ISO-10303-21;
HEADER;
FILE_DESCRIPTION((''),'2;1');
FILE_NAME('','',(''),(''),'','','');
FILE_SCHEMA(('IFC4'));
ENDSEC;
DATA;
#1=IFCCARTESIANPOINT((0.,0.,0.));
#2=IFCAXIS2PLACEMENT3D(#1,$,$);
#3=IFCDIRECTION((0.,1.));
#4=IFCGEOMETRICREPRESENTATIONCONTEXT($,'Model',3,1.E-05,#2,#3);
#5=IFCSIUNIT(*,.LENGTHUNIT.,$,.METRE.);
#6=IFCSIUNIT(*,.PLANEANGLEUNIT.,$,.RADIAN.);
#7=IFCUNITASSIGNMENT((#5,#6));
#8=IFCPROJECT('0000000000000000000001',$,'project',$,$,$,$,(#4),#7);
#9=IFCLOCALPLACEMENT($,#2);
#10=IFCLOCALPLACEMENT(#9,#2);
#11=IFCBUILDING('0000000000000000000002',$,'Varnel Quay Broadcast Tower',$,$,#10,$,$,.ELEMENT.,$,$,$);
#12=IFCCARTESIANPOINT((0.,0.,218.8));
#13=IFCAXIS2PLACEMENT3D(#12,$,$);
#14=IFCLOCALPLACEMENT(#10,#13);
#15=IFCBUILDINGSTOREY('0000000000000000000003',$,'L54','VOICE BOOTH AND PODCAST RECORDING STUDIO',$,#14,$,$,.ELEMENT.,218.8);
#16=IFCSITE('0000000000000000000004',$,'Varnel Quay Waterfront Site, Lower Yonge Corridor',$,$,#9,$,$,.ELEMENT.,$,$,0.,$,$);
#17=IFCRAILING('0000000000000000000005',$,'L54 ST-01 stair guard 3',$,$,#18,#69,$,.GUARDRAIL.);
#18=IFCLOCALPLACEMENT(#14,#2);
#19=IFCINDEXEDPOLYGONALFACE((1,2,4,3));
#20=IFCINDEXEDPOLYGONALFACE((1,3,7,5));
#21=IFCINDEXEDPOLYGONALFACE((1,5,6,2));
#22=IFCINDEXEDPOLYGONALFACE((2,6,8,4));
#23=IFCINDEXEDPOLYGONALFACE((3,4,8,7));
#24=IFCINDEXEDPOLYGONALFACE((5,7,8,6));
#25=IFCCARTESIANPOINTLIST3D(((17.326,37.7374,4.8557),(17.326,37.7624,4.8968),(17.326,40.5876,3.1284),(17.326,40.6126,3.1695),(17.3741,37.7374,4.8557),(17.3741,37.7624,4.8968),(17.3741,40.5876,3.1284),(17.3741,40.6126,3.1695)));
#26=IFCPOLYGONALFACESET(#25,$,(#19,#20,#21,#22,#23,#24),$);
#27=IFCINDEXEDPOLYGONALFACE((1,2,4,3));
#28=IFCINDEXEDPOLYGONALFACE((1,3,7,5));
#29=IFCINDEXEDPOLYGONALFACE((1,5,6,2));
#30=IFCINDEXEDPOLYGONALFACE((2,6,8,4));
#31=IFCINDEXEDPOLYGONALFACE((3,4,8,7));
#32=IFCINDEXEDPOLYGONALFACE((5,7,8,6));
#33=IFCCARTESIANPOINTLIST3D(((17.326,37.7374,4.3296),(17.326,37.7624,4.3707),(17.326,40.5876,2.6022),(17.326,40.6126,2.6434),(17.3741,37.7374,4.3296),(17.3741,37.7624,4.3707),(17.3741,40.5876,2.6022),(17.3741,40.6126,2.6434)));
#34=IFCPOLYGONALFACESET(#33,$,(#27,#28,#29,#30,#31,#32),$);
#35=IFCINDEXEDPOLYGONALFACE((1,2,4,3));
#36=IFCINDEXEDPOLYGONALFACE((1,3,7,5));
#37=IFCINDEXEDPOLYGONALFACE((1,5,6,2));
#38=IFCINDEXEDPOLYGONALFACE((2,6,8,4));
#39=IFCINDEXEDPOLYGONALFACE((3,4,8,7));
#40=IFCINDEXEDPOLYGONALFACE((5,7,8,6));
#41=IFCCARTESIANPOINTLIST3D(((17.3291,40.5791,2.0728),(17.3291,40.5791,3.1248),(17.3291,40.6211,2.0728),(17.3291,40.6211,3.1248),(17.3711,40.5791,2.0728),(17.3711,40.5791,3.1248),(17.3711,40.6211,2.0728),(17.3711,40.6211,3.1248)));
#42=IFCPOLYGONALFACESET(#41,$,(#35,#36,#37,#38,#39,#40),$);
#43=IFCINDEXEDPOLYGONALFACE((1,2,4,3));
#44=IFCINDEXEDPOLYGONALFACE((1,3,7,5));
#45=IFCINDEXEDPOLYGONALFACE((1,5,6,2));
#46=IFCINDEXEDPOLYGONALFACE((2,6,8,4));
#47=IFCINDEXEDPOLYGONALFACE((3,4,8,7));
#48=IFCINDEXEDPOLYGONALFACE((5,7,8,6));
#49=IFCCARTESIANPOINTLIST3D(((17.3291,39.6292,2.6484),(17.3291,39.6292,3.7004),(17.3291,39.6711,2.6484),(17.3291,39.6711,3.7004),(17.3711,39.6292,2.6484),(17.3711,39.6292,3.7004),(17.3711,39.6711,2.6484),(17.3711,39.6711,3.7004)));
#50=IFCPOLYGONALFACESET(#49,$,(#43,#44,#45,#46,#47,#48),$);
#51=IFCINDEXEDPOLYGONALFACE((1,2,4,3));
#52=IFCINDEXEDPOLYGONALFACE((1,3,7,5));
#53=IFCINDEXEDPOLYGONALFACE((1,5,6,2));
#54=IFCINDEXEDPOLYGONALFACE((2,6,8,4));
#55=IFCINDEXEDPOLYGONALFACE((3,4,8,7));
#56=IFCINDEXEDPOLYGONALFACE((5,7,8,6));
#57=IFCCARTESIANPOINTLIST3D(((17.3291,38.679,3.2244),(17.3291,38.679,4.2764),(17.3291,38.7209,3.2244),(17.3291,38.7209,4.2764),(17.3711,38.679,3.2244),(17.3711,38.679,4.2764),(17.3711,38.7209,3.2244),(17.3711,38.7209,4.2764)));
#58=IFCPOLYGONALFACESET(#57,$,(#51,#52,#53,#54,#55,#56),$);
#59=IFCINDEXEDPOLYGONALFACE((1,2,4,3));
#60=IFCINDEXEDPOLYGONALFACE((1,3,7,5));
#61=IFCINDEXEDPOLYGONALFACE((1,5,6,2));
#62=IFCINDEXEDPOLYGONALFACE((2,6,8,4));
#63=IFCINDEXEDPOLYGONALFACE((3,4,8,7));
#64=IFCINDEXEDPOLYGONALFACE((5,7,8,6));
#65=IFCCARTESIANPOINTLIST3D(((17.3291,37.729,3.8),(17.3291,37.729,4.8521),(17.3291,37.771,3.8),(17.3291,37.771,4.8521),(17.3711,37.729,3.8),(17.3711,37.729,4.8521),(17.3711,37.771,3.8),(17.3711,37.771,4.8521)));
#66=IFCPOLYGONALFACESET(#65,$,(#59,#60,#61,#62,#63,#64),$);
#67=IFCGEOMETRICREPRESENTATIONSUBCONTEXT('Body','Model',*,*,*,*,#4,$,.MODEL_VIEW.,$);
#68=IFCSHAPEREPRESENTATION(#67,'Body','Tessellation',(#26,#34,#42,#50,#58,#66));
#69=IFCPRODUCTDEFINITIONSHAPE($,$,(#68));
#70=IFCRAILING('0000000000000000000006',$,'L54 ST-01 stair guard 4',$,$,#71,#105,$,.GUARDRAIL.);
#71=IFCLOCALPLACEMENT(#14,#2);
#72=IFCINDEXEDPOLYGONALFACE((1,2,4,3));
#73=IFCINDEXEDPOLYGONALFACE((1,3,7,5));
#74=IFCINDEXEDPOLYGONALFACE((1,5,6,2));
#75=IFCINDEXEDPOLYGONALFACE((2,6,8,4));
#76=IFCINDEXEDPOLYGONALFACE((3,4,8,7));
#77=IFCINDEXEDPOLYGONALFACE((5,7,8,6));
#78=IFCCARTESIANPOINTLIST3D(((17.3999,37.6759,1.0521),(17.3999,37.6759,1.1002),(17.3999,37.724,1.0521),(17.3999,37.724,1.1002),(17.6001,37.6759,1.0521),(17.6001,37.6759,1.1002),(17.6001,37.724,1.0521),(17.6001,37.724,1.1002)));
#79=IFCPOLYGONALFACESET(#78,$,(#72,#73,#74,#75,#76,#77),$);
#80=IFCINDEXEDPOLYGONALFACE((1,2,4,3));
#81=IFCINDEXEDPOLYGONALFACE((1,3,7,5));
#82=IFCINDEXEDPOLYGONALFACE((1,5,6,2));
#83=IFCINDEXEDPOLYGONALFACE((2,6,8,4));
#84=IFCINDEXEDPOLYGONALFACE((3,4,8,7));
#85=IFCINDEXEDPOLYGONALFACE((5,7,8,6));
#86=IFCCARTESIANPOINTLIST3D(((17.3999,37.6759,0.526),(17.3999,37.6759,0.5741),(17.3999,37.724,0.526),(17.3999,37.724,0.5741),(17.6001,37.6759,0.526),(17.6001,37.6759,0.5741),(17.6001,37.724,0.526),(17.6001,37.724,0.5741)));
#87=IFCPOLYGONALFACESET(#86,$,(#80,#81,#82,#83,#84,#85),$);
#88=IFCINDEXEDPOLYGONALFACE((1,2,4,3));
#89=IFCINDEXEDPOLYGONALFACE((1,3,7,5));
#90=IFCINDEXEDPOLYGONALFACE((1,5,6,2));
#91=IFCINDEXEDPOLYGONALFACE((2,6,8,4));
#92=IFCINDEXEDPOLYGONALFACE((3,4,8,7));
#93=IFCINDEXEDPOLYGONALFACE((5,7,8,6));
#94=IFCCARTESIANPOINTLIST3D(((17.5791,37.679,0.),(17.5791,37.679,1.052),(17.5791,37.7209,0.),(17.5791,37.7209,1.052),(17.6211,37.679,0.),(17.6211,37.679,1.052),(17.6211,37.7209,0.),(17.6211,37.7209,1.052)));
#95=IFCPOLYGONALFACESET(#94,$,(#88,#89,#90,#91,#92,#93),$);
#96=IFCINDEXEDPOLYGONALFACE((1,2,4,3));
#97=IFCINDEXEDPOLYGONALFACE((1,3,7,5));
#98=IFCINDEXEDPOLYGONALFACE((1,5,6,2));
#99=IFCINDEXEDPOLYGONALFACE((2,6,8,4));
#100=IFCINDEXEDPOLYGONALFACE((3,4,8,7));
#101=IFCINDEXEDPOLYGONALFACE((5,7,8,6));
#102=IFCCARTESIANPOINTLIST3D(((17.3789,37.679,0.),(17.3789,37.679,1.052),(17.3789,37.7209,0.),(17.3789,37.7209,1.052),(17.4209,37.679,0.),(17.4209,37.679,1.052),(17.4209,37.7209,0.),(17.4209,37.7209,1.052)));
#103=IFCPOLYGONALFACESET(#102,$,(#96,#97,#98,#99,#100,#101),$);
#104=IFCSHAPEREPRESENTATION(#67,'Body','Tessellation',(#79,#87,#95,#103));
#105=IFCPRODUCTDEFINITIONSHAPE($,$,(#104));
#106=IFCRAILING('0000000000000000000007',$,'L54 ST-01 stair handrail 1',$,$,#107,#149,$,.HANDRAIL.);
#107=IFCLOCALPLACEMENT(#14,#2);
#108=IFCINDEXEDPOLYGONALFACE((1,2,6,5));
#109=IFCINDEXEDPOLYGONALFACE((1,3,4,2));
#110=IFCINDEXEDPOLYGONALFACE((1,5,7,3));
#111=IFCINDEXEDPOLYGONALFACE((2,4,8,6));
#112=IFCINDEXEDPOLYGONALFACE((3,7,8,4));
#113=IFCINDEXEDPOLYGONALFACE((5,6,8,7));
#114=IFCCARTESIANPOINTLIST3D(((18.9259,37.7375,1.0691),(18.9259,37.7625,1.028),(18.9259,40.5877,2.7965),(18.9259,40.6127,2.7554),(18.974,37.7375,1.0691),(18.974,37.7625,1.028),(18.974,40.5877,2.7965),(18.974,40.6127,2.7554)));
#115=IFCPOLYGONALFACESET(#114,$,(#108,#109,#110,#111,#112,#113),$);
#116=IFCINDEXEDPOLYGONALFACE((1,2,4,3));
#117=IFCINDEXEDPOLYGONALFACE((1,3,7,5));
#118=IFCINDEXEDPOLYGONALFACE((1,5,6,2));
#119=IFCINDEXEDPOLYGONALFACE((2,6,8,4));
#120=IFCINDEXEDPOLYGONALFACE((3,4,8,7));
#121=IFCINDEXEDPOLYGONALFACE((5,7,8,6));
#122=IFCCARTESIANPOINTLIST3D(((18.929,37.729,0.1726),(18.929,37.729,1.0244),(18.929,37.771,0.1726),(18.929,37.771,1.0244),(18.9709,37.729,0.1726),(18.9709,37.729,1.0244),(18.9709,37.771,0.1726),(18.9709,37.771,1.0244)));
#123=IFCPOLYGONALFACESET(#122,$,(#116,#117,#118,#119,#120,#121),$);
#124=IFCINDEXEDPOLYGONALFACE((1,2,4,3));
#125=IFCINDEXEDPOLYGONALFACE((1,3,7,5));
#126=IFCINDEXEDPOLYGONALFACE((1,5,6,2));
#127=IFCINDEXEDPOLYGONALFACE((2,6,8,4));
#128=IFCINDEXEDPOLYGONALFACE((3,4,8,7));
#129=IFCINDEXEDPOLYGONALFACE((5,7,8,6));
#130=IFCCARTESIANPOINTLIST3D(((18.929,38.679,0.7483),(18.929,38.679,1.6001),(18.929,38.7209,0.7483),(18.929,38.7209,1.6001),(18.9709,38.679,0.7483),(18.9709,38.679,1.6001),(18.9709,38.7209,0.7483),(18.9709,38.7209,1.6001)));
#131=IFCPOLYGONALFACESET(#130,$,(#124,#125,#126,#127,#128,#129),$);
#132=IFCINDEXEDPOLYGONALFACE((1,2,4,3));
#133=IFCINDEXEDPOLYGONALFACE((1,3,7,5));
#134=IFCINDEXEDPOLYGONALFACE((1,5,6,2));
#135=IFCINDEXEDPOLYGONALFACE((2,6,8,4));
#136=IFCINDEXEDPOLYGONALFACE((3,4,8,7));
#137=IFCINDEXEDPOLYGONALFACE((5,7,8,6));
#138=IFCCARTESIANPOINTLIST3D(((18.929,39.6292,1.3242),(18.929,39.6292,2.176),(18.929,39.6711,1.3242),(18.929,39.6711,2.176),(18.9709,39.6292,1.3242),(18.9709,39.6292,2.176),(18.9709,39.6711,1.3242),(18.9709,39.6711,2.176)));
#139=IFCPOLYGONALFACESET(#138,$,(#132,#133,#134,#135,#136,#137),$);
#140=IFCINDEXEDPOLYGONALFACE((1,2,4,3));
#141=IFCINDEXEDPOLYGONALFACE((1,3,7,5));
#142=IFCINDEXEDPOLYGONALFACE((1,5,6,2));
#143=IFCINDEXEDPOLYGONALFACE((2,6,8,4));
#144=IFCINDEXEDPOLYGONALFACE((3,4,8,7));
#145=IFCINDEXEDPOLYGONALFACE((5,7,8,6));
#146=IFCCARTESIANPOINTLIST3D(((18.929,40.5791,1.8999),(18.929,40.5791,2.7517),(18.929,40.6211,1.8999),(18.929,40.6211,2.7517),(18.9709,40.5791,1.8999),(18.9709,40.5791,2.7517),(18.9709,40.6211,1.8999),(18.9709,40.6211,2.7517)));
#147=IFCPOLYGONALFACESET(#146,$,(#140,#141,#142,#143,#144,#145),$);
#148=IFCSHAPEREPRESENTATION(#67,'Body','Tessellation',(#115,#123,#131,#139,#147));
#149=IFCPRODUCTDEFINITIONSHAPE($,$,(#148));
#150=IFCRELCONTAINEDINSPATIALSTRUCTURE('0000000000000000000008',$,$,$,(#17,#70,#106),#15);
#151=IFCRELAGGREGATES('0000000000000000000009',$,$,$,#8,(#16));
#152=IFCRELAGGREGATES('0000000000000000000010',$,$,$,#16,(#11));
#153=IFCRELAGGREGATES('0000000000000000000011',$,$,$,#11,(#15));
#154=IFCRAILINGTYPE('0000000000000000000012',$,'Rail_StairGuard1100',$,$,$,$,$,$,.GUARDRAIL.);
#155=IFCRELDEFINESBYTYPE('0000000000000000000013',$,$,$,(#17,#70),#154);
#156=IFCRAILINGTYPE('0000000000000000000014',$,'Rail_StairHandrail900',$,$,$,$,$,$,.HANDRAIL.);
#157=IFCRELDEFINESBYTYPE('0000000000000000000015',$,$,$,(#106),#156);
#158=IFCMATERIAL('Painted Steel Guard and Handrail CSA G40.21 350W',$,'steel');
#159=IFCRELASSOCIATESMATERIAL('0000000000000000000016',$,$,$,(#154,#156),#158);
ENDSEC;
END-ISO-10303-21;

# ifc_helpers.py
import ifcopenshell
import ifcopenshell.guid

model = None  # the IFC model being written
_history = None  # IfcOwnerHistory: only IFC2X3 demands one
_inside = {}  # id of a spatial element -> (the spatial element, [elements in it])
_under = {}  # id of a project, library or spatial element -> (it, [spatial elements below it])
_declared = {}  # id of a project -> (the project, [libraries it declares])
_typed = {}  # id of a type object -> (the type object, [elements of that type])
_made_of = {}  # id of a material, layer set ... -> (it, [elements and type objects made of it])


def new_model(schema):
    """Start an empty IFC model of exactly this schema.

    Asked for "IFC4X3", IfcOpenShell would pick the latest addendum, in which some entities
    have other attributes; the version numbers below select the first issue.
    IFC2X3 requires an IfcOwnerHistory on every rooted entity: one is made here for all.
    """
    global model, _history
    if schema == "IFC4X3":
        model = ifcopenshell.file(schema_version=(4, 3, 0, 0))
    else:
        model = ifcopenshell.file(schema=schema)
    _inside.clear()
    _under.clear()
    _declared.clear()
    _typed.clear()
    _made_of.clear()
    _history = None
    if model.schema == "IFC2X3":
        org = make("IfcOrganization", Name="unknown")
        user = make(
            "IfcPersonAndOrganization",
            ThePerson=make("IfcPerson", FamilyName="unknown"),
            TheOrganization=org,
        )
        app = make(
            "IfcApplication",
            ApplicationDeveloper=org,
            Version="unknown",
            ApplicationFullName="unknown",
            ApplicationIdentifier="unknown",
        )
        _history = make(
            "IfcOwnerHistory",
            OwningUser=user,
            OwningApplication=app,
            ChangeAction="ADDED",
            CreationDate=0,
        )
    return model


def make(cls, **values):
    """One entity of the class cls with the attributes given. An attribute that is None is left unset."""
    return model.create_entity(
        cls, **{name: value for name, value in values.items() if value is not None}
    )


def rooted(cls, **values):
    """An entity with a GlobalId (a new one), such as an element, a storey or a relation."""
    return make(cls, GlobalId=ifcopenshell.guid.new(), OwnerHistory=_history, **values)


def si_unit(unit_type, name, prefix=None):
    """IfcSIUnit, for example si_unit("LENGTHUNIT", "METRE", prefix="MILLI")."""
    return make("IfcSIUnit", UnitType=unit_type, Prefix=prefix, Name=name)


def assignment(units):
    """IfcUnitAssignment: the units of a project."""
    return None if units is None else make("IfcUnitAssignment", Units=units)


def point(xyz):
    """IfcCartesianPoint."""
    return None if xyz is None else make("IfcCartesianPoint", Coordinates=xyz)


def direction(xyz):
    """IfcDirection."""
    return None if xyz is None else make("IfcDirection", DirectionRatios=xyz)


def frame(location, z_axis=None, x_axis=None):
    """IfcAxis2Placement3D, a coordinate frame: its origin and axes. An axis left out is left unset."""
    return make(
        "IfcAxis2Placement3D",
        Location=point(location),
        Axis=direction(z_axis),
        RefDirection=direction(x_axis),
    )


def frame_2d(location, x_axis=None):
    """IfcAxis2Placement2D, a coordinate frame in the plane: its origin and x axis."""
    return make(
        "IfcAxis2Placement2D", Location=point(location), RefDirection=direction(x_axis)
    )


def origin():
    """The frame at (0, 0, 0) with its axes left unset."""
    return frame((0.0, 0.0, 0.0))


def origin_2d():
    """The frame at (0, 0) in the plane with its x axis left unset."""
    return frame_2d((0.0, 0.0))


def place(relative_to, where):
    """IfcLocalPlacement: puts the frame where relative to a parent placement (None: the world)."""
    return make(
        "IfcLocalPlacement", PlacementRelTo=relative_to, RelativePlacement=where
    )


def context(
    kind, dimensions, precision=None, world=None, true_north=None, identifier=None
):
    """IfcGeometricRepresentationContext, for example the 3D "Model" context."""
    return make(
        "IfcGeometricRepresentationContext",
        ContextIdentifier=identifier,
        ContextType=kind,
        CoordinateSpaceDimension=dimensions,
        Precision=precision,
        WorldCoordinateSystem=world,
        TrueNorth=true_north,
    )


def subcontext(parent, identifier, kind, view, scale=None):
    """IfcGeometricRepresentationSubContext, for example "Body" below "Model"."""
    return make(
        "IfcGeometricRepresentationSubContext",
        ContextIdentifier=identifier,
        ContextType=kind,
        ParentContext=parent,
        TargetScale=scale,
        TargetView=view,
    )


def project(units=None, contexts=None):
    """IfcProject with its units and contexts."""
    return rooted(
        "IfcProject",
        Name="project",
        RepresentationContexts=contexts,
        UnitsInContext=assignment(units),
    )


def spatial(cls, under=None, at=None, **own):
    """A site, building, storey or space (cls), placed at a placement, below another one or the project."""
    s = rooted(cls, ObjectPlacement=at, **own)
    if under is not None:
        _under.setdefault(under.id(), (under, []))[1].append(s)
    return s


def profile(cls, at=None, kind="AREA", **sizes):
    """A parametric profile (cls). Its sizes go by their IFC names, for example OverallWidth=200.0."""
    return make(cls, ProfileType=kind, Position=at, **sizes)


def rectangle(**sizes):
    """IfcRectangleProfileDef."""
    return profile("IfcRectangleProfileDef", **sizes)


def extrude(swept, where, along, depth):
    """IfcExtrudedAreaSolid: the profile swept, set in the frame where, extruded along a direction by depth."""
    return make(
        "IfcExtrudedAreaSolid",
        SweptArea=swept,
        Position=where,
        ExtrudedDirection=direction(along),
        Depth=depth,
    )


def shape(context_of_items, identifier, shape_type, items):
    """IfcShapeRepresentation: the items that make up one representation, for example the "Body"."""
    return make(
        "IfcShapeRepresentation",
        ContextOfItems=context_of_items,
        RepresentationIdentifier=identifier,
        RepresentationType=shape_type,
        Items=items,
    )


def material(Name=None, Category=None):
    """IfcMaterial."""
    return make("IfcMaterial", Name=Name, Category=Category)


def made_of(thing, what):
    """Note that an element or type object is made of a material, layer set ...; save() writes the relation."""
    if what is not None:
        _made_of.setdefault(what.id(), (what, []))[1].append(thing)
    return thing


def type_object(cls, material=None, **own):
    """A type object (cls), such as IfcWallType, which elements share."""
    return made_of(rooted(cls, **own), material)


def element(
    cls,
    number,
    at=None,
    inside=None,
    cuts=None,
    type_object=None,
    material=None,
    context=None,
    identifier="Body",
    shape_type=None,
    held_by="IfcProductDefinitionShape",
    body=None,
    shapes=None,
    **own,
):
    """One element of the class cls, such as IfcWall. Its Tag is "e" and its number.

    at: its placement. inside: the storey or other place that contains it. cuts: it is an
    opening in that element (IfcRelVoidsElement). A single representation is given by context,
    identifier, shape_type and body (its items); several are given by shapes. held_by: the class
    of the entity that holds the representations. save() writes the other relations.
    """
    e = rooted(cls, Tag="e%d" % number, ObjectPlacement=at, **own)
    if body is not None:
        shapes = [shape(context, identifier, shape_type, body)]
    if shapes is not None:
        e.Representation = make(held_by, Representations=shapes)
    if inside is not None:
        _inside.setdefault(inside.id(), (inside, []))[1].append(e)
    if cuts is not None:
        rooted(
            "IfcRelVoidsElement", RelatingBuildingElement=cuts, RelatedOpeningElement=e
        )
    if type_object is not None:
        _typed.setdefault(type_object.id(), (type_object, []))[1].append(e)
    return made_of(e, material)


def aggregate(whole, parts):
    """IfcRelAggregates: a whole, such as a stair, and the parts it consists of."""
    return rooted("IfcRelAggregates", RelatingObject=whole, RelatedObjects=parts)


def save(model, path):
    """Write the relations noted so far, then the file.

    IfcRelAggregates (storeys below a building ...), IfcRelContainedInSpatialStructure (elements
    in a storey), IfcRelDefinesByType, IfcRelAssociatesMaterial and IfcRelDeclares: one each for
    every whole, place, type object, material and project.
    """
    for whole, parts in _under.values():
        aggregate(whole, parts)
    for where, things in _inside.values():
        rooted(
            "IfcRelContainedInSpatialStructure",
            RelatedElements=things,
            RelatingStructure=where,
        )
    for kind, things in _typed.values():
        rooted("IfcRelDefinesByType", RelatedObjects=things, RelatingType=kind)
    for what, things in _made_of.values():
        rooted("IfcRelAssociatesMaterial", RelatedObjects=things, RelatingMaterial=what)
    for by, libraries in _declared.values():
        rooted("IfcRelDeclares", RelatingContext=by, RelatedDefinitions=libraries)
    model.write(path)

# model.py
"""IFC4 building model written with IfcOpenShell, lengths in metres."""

from ifc_helpers import new_model, si_unit, direction, frame, origin, origin_2d, place, context, subcontext, project, spatial, rectangle, extrude, material, type_object, element, save


model = new_model("IFC4")

# Units and contexts
model_context = context("Model", 3, precision=1e-05, world=origin(), true_north=direction((0.0, 1.0)))
body_context = subcontext(model_context, "Body", "Model", "MODEL_VIEW")
ifc_project = project(units=[si_unit("LENGTHUNIT", "METRE"), si_unit("PLANEANGLEUNIT", "RADIAN")], contexts=[model_context])

# Site, building, storey
site_placement = place(None, origin())
site = spatial("IfcSite", under=ifc_project, at=site_placement, Name="Varnel Quay Waterfront Site, Lower Yonge Corridor", CompositionType="ELEMENT", RefElevation=0.0)
building_placement = place(site_placement, origin())
building = spatial("IfcBuilding", under=site, at=building_placement, Name="Varnel Quay Broadcast Tower", CompositionType="ELEMENT")
storey_placement = place(building_placement, frame((0.0, 0.0, 218.8)))
storey = spatial("IfcBuildingStorey", under=building, at=storey_placement, Name="L54", Description="VOICE BOOTH AND PODCAST RECORDING STUDIO", CompositionType="ELEMENT", Elevation=218.8)

# Railings
ifc_material_1 = material(Name="Painted Steel Guard and Handrail CSA G40.21 350W", Category="steel")
railing_type_1 = type_object("IfcRailingType", Name="Rail_StairGuard1100", PredefinedType="GUARDRAIL", material=ifc_material_1)
railing_1_placement = place(storey_placement, frame((17.3501, 40.6001, 2.0728)))
element("IfcRailing", 1, at=railing_1_placement, inside=storey, type_object=railing_type_1, Name="L54 ST-01 stair guard 3", PredefinedType="GUARDRAIL", context=body_context, shape_type="SweptSolid", body=[
    extrude(rectangle(XDim=0.0481, YDim=0.0481, at=origin_2d()), frame((0.0, 0.0, 1.0762), z_axis=(0.0, -0.855203, 0.518294), x_axis=(1.0, 0.0, 0.0)), (0.0, 0.0, 1.0), 3.3328),
    extrude(rectangle(XDim=0.0481, YDim=0.0481, at=origin_2d()), frame((0.0, 0.0, 0.55), z_axis=(0.0, -0.855203, 0.518294), x_axis=(1.0, 0.0, 0.0)), (0.0, 0.0, 1.0), 3.3328),
    extrude(rectangle(XDim=0.042, YDim=0.042, at=origin_2d()), origin(), (0.0, 0.0, 1.0), 1.052),
    extrude(rectangle(XDim=0.042, YDim=0.042, at=origin_2d()), frame((0.0, -0.95, 0.5757)), (0.0, 0.0, 1.0), 1.052),
    extrude(rectangle(XDim=0.042, YDim=0.042, at=origin_2d()), frame((0.0, -1.9001, 1.1516)), (0.0, 0.0, 1.0), 1.052),
    extrude(rectangle(XDim=0.042, YDim=0.042, at=origin_2d()), frame((0.0, -2.8501, 1.7273)), (0.0, 0.0, 1.0), 1.052),
])
railing_2_placement = place(storey_placement, frame((17.6001, 37.7, 0.0)))
element("IfcRailing", 2, at=railing_2_placement, inside=storey, type_object=railing_type_1, Name="L54 ST-01 stair guard 4", PredefinedType="GUARDRAIL", context=body_context, shape_type="SweptSolid", body=[
    extrude(rectangle(XDim=0.0481, YDim=0.0481, at=origin_2d()), frame((0.0, 0.0, 1.0762), z_axis=(-1.0, 0.0, 0.0), x_axis=(0.0, -1.0, 0.0)), (0.0, 0.0, 1.0), 0.2002),
    extrude(rectangle(XDim=0.0481, YDim=0.0481, at=origin_2d()), frame((0.0, 0.0, 0.55), z_axis=(-1.0, 0.0, 0.0), x_axis=(0.0, -1.0, 0.0)), (0.0, 0.0, 1.0), 0.2002),
    extrude(rectangle(XDim=0.042, YDim=0.042, at=origin_2d()), origin(), (0.0, 0.0, 1.0), 1.052),
    extrude(rectangle(XDim=0.042, YDim=0.042, at=origin_2d()), frame((-0.2002, 0.0, 0.0)), (0.0, 0.0, 1.0), 1.052),
])
railing_type_2 = type_object("IfcRailingType", Name="Rail_StairHandrail900", PredefinedType="HANDRAIL", material=ifc_material_1)
railing_3_placement = place(storey_placement, frame((18.95, 37.75, 0.1726)))
element("IfcRailing", 3, at=railing_3_placement, inside=storey, type_object=railing_type_2, Name="L54 ST-01 stair handrail 1", PredefinedType="HANDRAIL", context=body_context, shape_type="SweptSolid", body=[
    extrude(rectangle(XDim=0.0481, YDim=0.0481, at=origin_2d()), frame((0.0, 0.0, 0.876), z_axis=(0.0, 0.855203, 0.518294), x_axis=(-1.0, 0.0, 0.0)), (0.0, 0.0, 1.0), 3.3328),
    extrude(rectangle(XDim=0.042, YDim=0.042, at=origin_2d()), origin(), (0.0, 0.0, 1.0), 0.8518),
    extrude(rectangle(XDim=0.042, YDim=0.042, at=origin_2d()), frame((0.0, 0.95, 0.5757)), (0.0, 0.0, 1.0), 0.8518),
    extrude(rectangle(XDim=0.042, YDim=0.042, at=origin_2d()), frame((0.0, 1.9001, 1.1516)), (0.0, 0.0, 1.0), 0.8518),
    extrude(rectangle(XDim=0.042, YDim=0.042, at=origin_2d()), frame((0.0, 2.8501, 1.7273)), (0.0, 0.0, 1.0), 0.8518),
])

save(model, "model.ifc")
